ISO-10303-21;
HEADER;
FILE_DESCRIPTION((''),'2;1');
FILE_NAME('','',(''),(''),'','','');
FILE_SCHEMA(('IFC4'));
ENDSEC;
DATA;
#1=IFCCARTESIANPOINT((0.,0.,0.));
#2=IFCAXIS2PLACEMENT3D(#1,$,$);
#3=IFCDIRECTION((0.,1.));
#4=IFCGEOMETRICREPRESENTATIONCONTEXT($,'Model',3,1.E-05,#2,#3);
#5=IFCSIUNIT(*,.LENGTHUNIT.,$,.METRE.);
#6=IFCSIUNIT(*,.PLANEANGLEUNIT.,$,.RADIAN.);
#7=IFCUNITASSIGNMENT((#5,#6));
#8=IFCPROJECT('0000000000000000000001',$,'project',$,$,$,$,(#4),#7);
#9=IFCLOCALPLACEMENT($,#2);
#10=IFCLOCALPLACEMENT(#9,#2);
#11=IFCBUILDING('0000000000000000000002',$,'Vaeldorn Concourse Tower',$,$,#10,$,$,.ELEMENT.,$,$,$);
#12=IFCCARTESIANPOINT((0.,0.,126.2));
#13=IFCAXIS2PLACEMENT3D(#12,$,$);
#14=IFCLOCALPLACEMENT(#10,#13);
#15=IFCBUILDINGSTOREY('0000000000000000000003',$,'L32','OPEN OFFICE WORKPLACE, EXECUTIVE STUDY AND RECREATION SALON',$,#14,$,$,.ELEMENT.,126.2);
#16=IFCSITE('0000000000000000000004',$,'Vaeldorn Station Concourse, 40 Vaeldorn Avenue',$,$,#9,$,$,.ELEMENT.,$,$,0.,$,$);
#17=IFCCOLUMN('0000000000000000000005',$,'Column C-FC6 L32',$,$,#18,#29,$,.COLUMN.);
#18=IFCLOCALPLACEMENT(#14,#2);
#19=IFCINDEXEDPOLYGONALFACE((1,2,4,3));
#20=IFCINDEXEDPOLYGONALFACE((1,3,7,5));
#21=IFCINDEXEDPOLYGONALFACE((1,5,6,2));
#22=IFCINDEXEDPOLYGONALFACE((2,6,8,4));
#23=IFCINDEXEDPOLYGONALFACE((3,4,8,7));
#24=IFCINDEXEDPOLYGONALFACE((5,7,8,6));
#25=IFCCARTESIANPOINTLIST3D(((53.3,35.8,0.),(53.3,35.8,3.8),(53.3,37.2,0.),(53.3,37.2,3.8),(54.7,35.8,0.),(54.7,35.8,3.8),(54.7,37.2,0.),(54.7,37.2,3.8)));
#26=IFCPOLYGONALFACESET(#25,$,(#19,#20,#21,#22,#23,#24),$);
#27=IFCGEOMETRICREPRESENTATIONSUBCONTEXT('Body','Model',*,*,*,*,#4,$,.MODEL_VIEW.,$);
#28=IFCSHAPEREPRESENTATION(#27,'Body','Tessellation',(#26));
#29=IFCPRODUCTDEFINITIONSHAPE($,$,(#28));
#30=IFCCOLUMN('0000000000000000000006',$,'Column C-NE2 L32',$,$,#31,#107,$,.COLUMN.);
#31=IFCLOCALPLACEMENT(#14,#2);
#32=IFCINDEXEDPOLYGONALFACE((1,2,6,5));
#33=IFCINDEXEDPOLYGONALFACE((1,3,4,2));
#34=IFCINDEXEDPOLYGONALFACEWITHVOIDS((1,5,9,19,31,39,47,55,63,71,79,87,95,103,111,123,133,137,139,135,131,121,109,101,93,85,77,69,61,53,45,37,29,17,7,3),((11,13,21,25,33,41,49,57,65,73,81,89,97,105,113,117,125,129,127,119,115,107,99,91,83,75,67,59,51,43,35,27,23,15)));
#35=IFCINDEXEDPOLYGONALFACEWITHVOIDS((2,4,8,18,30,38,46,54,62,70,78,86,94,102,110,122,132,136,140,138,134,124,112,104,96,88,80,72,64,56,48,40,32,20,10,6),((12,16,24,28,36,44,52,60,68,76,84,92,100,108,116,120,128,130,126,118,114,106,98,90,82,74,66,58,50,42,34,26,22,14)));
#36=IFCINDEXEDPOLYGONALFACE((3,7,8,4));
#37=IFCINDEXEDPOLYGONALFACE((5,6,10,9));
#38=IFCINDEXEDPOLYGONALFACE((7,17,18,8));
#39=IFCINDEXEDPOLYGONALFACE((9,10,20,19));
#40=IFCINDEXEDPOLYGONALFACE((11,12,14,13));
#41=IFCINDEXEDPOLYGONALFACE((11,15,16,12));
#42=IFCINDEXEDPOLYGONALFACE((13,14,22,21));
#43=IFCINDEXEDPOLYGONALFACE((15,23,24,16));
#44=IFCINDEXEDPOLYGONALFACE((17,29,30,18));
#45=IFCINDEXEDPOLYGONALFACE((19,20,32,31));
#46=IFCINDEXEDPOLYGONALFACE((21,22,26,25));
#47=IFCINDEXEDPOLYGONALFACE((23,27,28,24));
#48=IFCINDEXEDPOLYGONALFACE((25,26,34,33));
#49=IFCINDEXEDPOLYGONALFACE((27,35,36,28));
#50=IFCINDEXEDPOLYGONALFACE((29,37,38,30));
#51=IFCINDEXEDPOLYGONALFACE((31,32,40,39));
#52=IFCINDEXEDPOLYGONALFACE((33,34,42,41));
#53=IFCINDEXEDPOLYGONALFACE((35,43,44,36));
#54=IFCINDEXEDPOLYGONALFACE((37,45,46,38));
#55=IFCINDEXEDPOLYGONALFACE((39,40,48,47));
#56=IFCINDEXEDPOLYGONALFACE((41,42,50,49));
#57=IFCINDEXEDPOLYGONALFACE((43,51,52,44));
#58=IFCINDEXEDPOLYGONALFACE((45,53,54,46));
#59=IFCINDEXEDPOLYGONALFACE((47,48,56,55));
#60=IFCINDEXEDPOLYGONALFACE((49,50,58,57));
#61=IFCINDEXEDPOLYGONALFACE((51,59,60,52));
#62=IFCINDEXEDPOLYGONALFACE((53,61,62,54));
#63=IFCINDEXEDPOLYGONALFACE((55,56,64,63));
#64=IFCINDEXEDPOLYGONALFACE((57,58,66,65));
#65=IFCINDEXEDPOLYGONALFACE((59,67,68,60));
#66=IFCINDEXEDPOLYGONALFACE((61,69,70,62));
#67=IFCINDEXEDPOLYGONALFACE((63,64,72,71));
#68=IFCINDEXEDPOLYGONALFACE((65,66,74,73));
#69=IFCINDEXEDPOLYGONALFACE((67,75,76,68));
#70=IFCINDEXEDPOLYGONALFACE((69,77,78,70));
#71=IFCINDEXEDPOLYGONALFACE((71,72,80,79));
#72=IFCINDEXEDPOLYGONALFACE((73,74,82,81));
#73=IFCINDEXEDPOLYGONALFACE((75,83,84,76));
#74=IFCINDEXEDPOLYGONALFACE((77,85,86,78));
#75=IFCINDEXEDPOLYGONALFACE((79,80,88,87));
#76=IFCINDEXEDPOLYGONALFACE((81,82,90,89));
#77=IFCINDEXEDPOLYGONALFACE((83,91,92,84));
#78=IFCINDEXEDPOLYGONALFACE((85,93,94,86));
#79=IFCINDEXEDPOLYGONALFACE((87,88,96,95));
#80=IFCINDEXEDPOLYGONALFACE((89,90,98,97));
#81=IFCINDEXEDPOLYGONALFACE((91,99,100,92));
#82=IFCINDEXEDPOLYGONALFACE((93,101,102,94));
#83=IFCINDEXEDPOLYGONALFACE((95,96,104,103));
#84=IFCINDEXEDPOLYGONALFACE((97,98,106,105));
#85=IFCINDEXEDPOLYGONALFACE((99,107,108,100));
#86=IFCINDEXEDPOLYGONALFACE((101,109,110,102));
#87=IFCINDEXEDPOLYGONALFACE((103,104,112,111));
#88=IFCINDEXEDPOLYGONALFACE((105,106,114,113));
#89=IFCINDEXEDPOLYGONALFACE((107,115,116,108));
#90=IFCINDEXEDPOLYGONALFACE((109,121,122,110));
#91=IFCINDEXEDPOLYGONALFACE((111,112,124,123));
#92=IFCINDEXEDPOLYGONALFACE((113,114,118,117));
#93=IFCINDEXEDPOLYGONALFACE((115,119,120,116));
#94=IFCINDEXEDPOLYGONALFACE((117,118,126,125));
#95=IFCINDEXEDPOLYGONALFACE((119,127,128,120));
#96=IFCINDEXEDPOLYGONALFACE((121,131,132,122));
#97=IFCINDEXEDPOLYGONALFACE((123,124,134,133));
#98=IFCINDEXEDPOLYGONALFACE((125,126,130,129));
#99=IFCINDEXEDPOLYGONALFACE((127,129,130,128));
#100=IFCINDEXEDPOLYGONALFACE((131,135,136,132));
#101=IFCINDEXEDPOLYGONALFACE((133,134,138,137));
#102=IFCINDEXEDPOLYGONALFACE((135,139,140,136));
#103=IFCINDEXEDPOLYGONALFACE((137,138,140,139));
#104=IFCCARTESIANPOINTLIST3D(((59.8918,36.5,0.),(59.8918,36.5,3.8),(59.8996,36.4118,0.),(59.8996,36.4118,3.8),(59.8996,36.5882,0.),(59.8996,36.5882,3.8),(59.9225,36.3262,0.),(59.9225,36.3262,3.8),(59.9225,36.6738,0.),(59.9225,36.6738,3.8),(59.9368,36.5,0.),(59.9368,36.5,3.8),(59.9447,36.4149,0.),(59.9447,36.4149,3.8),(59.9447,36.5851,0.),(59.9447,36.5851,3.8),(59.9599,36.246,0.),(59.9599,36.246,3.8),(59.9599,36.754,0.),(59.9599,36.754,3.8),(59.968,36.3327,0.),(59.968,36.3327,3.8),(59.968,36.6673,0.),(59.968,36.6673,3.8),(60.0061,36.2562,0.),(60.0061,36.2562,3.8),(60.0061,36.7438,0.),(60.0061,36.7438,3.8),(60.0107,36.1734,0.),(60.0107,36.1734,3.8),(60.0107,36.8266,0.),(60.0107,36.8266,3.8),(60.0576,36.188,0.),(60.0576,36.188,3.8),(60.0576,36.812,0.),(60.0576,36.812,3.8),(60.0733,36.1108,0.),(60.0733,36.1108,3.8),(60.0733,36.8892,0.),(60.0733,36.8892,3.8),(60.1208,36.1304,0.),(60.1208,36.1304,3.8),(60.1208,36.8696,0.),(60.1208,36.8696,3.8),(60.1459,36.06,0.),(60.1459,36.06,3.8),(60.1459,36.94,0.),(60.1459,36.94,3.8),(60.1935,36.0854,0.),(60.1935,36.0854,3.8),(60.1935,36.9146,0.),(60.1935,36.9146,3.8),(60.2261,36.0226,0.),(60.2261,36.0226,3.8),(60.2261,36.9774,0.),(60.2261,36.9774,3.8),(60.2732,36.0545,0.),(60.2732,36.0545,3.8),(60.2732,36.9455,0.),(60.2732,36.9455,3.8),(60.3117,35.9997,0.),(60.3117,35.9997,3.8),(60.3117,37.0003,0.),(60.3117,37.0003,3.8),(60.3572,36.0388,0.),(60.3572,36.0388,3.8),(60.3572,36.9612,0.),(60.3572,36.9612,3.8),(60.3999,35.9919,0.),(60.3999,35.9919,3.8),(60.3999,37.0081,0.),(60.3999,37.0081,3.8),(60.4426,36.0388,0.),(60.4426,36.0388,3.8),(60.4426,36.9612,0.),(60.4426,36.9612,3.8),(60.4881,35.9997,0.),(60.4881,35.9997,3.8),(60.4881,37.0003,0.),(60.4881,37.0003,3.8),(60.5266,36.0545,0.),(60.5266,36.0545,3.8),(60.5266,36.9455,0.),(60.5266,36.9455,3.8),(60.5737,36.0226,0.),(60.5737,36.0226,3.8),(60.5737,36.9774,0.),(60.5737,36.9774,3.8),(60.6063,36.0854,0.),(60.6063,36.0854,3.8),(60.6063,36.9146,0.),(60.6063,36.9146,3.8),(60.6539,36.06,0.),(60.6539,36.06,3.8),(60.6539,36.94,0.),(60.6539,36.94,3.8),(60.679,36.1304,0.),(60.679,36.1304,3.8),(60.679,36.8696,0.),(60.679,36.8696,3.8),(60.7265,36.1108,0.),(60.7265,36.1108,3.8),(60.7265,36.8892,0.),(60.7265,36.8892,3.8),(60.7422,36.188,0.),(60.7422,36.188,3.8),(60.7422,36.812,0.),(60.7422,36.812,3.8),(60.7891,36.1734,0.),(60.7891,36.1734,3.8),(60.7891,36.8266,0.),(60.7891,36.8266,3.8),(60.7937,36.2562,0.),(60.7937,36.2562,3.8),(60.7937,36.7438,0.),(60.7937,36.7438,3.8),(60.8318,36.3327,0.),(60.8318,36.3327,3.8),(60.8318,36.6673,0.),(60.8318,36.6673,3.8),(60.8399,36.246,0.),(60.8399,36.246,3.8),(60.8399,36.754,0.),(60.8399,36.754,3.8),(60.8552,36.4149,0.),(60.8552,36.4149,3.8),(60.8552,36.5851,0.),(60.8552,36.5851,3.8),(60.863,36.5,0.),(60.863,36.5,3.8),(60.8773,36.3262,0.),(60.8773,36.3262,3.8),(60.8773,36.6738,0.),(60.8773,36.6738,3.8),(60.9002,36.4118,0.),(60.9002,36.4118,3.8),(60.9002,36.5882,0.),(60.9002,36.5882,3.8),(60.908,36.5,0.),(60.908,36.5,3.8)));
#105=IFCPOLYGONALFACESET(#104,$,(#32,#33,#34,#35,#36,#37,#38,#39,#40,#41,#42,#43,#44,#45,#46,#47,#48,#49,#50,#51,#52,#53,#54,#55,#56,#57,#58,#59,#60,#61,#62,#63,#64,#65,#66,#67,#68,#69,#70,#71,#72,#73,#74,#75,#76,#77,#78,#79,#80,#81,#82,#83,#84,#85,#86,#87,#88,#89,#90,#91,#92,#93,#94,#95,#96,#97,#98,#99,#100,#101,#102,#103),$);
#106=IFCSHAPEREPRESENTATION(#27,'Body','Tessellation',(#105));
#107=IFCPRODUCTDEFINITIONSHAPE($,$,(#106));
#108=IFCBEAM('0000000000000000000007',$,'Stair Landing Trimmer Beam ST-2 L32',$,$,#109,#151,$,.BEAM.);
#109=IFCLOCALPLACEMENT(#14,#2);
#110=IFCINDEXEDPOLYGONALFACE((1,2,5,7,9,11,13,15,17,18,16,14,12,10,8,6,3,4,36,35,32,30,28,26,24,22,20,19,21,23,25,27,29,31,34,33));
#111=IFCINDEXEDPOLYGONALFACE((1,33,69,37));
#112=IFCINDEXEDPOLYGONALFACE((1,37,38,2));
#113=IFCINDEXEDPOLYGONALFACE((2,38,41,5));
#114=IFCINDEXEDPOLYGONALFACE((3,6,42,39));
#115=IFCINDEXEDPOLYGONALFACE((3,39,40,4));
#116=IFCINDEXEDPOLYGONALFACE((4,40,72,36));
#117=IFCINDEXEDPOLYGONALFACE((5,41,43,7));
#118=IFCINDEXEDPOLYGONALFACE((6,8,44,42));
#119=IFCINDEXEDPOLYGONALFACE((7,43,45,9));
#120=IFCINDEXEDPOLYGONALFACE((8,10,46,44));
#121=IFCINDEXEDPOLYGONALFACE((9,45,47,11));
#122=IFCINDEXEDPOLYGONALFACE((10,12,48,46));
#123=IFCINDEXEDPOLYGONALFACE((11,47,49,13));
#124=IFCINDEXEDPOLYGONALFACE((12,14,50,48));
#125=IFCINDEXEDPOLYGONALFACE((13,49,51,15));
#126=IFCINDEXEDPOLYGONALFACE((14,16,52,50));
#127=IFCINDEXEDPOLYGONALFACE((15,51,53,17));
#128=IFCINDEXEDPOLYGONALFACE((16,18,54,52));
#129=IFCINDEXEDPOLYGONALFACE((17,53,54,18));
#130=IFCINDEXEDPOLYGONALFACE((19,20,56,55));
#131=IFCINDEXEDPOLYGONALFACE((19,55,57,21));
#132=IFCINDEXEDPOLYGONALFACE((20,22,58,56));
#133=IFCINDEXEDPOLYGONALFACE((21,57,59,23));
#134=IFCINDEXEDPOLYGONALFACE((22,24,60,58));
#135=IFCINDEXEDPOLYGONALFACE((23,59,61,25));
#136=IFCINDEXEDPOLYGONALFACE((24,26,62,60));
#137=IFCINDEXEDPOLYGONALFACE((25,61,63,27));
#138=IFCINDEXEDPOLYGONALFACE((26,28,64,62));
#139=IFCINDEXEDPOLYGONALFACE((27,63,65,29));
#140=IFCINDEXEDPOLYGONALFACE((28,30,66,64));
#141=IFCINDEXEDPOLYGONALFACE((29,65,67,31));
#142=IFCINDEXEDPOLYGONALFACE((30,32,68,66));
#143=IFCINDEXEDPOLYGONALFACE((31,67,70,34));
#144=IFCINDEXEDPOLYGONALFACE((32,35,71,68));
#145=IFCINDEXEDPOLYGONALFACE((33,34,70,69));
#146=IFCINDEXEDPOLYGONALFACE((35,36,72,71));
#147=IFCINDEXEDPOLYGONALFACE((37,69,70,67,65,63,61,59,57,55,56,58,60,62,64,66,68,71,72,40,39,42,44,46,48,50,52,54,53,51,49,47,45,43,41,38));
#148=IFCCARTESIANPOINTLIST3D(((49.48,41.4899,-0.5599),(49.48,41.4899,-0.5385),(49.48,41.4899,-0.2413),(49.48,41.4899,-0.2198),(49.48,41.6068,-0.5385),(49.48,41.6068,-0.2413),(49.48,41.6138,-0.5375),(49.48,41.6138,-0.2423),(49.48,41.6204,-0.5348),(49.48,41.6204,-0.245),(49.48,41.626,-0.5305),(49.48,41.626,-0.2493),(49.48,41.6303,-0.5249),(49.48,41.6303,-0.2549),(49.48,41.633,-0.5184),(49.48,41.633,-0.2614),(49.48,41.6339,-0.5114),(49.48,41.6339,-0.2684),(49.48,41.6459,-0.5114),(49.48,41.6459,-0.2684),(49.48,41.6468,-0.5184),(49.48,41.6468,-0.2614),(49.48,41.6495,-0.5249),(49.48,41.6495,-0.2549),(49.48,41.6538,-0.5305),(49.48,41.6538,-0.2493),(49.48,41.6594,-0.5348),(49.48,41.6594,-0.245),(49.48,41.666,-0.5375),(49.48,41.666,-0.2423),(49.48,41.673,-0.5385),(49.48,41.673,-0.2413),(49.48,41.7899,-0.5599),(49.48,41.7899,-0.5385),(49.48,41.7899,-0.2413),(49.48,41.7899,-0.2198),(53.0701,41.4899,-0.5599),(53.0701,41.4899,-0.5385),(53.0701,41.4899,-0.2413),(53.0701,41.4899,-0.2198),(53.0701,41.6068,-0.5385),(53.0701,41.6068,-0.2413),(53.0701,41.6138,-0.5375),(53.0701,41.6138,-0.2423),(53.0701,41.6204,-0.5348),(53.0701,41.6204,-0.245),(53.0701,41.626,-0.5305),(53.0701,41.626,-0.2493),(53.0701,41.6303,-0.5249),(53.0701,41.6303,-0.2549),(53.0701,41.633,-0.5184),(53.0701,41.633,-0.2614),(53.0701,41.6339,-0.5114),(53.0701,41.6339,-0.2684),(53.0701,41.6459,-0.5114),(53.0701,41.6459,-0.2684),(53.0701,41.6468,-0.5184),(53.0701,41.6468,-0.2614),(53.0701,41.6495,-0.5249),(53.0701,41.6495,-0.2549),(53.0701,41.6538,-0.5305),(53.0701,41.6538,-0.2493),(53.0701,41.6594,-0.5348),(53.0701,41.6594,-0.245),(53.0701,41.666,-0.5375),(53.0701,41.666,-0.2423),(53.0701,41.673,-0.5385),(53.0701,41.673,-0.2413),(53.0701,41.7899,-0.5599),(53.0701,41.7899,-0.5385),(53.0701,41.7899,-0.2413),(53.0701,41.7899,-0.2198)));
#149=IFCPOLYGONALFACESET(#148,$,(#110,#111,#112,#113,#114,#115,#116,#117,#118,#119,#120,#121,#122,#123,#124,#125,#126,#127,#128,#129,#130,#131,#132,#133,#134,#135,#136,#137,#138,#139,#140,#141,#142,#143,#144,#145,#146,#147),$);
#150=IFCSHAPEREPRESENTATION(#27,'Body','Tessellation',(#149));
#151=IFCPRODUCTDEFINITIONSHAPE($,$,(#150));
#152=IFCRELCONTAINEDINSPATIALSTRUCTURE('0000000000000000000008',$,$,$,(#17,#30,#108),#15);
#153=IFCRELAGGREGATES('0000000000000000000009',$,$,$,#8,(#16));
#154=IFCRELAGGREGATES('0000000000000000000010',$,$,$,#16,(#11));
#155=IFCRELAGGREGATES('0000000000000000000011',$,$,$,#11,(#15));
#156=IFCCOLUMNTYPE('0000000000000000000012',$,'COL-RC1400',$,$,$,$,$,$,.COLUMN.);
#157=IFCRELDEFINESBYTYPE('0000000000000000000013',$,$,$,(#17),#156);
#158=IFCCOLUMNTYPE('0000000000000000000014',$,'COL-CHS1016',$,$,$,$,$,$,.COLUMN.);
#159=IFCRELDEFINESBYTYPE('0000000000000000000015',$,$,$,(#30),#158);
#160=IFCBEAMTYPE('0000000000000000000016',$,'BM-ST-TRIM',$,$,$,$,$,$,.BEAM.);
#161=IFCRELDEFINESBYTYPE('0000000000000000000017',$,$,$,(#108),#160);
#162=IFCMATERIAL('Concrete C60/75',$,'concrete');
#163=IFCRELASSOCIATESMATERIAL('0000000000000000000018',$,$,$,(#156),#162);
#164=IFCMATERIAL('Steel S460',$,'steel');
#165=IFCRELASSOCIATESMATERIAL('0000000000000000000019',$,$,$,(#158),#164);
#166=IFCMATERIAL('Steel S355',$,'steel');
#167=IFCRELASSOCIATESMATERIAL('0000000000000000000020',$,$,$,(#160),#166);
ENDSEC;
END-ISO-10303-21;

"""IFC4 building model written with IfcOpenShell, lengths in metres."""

from ifc_helpers import new_model, si_unit, direction, frame, origin, origin_2d, place, context, subcontext, project, spatial, rectangle, hollow_circle, i_section, extrude, source, transform, mapped, material, material_profile, profile_set, type_object, element, save


model = new_model("IFC4")

# Units and contexts
model_context = context("Model", 3, precision=1e-05, world=origin(), true_north=direction((0.0, 1.0)))
body_context = subcontext(model_context, "Body", "Model", "MODEL_VIEW")
ifc_project = project(units=[si_unit("LENGTHUNIT", "METRE"), si_unit("PLANEANGLEUNIT", "RADIAN")], contexts=[model_context])

# Site, building, storey
site_placement = place(None, origin())
site = spatial("IfcSite", under=ifc_project, at=site_placement, Name="Vaeldorn Station Concourse, 40 Vaeldorn Avenue", CompositionType="ELEMENT", RefElevation=0.0)
building_placement = place(site_placement, origin())
building = spatial("IfcBuilding", under=site, at=building_placement, Name="Vaeldorn Concourse Tower", CompositionType="ELEMENT")
storey_placement = place(building_placement, frame((0.0, 0.0, 126.2)))
storey = spatial("IfcBuildingStorey", under=building, at=storey_placement, Name="L32", Description="OPEN OFFICE WORKPLACE, EXECUTIVE STUDY AND RECREATION SALON", CompositionType="ELEMENT", Elevation=126.2)

# Columns
ifc_material_1 = material(Name="Concrete C60/75", Category="concrete")
ifc_material_profile_1 = material_profile(ifc_material_1, rectangle(XDim=1.3999, YDim=1.3999, at=origin_2d()), Name="RC 1400x1400")
ifc_profile_set_1 = profile_set([ifc_material_profile_1], Name="Concrete C60/75")
column_type_1 = type_object("IfcColumnType", Name="COL-RC1400", PredefinedType="COLUMN", material=ifc_profile_set_1)
shared_shape_1 = source(origin(), body_context, "Body", "SweptSolid", [
    extrude(rectangle(XDim=1.3999, YDim=1.3999, at=origin_2d()), origin(), (0.0, 0.0, 1.0), 3.8),
])
column_1_placement = place(storey_placement, frame((54.0, 36.5, 0.0), z_axis=(0.0, 0.0, 1.0), x_axis=(1.0, 0.0, 0.0)))
element("IfcColumn", 1, at=column_1_placement, inside=storey, type_object=column_type_1, Name="Column C-FC6 L32", PredefinedType="COLUMN", context=body_context, shape_type="MappedRepresentation", body=[
    mapped(shared_shape_1, transform((0.0, 0.0, 0.0), scale=1.0)),
])
ifc_material_2 = material(Name="Steel S460", Category="steel")
ifc_material_profile_2 = material_profile(ifc_material_2, hollow_circle(Radius=0.5081, WallThickness=0.0449, at=origin_2d()), Name="CHS 1016x45")
ifc_profile_set_2 = profile_set([ifc_material_profile_2], Name="Steel S460")
column_type_2 = type_object("IfcColumnType", Name="COL-CHS1016", PredefinedType="COLUMN", material=ifc_profile_set_2)
shared_shape_2 = source(origin(), body_context, "Body", "SweptSolid", [
    extrude(hollow_circle(Radius=0.5081, WallThickness=0.0449, at=origin_2d()), origin(), (0.0, 0.0, 1.0), 3.8),
])
column_2_placement = place(storey_placement, frame((60.3999, 36.5, 0.0), z_axis=(0.0, 0.0, 1.0), x_axis=(1.0, 0.0, 0.0)))
element("IfcColumn", 2, at=column_2_placement, inside=storey, type_object=column_type_2, Name="Column C-NE2 L32", PredefinedType="COLUMN", context=body_context, shape_type="MappedRepresentation", body=[
    mapped(shared_shape_2, transform((0.0, 0.0, 0.0), scale=1.0)),
])

# Beam
ifc_material_3 = material(Name="Steel S355", Category="steel")
ifc_material_profile_3 = material_profile(ifc_material_3, i_section(OverallWidth=0.3, OverallDepth=0.3401, WebThickness=0.012, FlangeThickness=0.0215, FilletRadius=0.0271, at=origin_2d()), Name="HEB 340")
ifc_profile_set_3 = profile_set([ifc_material_profile_3], Name="Steel S355")
beam_type_1 = type_object("IfcBeamType", Name="BM-ST-TRIM", PredefinedType="BEAM", material=ifc_profile_set_3)
shared_shape_3 = source(origin(), body_context, "Body", "SweptSolid", [
    extrude(i_section(OverallWidth=0.3, OverallDepth=0.3401, WebThickness=0.012, FlangeThickness=0.0215, FilletRadius=0.0271, at=origin_2d()), origin(), (0.0, 0.0, 1.0), 3.5901),
])
beam_1_placement = place(storey_placement, frame((49.48, 41.6399, -0.3899), z_axis=(1.0, 0.0, 0.0), x_axis=(0.0, 1.0, 0.0)))
element("IfcBeam", 3, at=beam_1_placement, inside=storey, type_object=beam_type_1, Name="Stair Landing Trimmer Beam ST-2 L32", PredefinedType="BEAM", context=body_context, shape_type="MappedRepresentation", body=[
    mapped(shared_shape_3, transform((0.0, 0.0, 0.0), scale=1.0)),
])

save(model, "model.ifc")
